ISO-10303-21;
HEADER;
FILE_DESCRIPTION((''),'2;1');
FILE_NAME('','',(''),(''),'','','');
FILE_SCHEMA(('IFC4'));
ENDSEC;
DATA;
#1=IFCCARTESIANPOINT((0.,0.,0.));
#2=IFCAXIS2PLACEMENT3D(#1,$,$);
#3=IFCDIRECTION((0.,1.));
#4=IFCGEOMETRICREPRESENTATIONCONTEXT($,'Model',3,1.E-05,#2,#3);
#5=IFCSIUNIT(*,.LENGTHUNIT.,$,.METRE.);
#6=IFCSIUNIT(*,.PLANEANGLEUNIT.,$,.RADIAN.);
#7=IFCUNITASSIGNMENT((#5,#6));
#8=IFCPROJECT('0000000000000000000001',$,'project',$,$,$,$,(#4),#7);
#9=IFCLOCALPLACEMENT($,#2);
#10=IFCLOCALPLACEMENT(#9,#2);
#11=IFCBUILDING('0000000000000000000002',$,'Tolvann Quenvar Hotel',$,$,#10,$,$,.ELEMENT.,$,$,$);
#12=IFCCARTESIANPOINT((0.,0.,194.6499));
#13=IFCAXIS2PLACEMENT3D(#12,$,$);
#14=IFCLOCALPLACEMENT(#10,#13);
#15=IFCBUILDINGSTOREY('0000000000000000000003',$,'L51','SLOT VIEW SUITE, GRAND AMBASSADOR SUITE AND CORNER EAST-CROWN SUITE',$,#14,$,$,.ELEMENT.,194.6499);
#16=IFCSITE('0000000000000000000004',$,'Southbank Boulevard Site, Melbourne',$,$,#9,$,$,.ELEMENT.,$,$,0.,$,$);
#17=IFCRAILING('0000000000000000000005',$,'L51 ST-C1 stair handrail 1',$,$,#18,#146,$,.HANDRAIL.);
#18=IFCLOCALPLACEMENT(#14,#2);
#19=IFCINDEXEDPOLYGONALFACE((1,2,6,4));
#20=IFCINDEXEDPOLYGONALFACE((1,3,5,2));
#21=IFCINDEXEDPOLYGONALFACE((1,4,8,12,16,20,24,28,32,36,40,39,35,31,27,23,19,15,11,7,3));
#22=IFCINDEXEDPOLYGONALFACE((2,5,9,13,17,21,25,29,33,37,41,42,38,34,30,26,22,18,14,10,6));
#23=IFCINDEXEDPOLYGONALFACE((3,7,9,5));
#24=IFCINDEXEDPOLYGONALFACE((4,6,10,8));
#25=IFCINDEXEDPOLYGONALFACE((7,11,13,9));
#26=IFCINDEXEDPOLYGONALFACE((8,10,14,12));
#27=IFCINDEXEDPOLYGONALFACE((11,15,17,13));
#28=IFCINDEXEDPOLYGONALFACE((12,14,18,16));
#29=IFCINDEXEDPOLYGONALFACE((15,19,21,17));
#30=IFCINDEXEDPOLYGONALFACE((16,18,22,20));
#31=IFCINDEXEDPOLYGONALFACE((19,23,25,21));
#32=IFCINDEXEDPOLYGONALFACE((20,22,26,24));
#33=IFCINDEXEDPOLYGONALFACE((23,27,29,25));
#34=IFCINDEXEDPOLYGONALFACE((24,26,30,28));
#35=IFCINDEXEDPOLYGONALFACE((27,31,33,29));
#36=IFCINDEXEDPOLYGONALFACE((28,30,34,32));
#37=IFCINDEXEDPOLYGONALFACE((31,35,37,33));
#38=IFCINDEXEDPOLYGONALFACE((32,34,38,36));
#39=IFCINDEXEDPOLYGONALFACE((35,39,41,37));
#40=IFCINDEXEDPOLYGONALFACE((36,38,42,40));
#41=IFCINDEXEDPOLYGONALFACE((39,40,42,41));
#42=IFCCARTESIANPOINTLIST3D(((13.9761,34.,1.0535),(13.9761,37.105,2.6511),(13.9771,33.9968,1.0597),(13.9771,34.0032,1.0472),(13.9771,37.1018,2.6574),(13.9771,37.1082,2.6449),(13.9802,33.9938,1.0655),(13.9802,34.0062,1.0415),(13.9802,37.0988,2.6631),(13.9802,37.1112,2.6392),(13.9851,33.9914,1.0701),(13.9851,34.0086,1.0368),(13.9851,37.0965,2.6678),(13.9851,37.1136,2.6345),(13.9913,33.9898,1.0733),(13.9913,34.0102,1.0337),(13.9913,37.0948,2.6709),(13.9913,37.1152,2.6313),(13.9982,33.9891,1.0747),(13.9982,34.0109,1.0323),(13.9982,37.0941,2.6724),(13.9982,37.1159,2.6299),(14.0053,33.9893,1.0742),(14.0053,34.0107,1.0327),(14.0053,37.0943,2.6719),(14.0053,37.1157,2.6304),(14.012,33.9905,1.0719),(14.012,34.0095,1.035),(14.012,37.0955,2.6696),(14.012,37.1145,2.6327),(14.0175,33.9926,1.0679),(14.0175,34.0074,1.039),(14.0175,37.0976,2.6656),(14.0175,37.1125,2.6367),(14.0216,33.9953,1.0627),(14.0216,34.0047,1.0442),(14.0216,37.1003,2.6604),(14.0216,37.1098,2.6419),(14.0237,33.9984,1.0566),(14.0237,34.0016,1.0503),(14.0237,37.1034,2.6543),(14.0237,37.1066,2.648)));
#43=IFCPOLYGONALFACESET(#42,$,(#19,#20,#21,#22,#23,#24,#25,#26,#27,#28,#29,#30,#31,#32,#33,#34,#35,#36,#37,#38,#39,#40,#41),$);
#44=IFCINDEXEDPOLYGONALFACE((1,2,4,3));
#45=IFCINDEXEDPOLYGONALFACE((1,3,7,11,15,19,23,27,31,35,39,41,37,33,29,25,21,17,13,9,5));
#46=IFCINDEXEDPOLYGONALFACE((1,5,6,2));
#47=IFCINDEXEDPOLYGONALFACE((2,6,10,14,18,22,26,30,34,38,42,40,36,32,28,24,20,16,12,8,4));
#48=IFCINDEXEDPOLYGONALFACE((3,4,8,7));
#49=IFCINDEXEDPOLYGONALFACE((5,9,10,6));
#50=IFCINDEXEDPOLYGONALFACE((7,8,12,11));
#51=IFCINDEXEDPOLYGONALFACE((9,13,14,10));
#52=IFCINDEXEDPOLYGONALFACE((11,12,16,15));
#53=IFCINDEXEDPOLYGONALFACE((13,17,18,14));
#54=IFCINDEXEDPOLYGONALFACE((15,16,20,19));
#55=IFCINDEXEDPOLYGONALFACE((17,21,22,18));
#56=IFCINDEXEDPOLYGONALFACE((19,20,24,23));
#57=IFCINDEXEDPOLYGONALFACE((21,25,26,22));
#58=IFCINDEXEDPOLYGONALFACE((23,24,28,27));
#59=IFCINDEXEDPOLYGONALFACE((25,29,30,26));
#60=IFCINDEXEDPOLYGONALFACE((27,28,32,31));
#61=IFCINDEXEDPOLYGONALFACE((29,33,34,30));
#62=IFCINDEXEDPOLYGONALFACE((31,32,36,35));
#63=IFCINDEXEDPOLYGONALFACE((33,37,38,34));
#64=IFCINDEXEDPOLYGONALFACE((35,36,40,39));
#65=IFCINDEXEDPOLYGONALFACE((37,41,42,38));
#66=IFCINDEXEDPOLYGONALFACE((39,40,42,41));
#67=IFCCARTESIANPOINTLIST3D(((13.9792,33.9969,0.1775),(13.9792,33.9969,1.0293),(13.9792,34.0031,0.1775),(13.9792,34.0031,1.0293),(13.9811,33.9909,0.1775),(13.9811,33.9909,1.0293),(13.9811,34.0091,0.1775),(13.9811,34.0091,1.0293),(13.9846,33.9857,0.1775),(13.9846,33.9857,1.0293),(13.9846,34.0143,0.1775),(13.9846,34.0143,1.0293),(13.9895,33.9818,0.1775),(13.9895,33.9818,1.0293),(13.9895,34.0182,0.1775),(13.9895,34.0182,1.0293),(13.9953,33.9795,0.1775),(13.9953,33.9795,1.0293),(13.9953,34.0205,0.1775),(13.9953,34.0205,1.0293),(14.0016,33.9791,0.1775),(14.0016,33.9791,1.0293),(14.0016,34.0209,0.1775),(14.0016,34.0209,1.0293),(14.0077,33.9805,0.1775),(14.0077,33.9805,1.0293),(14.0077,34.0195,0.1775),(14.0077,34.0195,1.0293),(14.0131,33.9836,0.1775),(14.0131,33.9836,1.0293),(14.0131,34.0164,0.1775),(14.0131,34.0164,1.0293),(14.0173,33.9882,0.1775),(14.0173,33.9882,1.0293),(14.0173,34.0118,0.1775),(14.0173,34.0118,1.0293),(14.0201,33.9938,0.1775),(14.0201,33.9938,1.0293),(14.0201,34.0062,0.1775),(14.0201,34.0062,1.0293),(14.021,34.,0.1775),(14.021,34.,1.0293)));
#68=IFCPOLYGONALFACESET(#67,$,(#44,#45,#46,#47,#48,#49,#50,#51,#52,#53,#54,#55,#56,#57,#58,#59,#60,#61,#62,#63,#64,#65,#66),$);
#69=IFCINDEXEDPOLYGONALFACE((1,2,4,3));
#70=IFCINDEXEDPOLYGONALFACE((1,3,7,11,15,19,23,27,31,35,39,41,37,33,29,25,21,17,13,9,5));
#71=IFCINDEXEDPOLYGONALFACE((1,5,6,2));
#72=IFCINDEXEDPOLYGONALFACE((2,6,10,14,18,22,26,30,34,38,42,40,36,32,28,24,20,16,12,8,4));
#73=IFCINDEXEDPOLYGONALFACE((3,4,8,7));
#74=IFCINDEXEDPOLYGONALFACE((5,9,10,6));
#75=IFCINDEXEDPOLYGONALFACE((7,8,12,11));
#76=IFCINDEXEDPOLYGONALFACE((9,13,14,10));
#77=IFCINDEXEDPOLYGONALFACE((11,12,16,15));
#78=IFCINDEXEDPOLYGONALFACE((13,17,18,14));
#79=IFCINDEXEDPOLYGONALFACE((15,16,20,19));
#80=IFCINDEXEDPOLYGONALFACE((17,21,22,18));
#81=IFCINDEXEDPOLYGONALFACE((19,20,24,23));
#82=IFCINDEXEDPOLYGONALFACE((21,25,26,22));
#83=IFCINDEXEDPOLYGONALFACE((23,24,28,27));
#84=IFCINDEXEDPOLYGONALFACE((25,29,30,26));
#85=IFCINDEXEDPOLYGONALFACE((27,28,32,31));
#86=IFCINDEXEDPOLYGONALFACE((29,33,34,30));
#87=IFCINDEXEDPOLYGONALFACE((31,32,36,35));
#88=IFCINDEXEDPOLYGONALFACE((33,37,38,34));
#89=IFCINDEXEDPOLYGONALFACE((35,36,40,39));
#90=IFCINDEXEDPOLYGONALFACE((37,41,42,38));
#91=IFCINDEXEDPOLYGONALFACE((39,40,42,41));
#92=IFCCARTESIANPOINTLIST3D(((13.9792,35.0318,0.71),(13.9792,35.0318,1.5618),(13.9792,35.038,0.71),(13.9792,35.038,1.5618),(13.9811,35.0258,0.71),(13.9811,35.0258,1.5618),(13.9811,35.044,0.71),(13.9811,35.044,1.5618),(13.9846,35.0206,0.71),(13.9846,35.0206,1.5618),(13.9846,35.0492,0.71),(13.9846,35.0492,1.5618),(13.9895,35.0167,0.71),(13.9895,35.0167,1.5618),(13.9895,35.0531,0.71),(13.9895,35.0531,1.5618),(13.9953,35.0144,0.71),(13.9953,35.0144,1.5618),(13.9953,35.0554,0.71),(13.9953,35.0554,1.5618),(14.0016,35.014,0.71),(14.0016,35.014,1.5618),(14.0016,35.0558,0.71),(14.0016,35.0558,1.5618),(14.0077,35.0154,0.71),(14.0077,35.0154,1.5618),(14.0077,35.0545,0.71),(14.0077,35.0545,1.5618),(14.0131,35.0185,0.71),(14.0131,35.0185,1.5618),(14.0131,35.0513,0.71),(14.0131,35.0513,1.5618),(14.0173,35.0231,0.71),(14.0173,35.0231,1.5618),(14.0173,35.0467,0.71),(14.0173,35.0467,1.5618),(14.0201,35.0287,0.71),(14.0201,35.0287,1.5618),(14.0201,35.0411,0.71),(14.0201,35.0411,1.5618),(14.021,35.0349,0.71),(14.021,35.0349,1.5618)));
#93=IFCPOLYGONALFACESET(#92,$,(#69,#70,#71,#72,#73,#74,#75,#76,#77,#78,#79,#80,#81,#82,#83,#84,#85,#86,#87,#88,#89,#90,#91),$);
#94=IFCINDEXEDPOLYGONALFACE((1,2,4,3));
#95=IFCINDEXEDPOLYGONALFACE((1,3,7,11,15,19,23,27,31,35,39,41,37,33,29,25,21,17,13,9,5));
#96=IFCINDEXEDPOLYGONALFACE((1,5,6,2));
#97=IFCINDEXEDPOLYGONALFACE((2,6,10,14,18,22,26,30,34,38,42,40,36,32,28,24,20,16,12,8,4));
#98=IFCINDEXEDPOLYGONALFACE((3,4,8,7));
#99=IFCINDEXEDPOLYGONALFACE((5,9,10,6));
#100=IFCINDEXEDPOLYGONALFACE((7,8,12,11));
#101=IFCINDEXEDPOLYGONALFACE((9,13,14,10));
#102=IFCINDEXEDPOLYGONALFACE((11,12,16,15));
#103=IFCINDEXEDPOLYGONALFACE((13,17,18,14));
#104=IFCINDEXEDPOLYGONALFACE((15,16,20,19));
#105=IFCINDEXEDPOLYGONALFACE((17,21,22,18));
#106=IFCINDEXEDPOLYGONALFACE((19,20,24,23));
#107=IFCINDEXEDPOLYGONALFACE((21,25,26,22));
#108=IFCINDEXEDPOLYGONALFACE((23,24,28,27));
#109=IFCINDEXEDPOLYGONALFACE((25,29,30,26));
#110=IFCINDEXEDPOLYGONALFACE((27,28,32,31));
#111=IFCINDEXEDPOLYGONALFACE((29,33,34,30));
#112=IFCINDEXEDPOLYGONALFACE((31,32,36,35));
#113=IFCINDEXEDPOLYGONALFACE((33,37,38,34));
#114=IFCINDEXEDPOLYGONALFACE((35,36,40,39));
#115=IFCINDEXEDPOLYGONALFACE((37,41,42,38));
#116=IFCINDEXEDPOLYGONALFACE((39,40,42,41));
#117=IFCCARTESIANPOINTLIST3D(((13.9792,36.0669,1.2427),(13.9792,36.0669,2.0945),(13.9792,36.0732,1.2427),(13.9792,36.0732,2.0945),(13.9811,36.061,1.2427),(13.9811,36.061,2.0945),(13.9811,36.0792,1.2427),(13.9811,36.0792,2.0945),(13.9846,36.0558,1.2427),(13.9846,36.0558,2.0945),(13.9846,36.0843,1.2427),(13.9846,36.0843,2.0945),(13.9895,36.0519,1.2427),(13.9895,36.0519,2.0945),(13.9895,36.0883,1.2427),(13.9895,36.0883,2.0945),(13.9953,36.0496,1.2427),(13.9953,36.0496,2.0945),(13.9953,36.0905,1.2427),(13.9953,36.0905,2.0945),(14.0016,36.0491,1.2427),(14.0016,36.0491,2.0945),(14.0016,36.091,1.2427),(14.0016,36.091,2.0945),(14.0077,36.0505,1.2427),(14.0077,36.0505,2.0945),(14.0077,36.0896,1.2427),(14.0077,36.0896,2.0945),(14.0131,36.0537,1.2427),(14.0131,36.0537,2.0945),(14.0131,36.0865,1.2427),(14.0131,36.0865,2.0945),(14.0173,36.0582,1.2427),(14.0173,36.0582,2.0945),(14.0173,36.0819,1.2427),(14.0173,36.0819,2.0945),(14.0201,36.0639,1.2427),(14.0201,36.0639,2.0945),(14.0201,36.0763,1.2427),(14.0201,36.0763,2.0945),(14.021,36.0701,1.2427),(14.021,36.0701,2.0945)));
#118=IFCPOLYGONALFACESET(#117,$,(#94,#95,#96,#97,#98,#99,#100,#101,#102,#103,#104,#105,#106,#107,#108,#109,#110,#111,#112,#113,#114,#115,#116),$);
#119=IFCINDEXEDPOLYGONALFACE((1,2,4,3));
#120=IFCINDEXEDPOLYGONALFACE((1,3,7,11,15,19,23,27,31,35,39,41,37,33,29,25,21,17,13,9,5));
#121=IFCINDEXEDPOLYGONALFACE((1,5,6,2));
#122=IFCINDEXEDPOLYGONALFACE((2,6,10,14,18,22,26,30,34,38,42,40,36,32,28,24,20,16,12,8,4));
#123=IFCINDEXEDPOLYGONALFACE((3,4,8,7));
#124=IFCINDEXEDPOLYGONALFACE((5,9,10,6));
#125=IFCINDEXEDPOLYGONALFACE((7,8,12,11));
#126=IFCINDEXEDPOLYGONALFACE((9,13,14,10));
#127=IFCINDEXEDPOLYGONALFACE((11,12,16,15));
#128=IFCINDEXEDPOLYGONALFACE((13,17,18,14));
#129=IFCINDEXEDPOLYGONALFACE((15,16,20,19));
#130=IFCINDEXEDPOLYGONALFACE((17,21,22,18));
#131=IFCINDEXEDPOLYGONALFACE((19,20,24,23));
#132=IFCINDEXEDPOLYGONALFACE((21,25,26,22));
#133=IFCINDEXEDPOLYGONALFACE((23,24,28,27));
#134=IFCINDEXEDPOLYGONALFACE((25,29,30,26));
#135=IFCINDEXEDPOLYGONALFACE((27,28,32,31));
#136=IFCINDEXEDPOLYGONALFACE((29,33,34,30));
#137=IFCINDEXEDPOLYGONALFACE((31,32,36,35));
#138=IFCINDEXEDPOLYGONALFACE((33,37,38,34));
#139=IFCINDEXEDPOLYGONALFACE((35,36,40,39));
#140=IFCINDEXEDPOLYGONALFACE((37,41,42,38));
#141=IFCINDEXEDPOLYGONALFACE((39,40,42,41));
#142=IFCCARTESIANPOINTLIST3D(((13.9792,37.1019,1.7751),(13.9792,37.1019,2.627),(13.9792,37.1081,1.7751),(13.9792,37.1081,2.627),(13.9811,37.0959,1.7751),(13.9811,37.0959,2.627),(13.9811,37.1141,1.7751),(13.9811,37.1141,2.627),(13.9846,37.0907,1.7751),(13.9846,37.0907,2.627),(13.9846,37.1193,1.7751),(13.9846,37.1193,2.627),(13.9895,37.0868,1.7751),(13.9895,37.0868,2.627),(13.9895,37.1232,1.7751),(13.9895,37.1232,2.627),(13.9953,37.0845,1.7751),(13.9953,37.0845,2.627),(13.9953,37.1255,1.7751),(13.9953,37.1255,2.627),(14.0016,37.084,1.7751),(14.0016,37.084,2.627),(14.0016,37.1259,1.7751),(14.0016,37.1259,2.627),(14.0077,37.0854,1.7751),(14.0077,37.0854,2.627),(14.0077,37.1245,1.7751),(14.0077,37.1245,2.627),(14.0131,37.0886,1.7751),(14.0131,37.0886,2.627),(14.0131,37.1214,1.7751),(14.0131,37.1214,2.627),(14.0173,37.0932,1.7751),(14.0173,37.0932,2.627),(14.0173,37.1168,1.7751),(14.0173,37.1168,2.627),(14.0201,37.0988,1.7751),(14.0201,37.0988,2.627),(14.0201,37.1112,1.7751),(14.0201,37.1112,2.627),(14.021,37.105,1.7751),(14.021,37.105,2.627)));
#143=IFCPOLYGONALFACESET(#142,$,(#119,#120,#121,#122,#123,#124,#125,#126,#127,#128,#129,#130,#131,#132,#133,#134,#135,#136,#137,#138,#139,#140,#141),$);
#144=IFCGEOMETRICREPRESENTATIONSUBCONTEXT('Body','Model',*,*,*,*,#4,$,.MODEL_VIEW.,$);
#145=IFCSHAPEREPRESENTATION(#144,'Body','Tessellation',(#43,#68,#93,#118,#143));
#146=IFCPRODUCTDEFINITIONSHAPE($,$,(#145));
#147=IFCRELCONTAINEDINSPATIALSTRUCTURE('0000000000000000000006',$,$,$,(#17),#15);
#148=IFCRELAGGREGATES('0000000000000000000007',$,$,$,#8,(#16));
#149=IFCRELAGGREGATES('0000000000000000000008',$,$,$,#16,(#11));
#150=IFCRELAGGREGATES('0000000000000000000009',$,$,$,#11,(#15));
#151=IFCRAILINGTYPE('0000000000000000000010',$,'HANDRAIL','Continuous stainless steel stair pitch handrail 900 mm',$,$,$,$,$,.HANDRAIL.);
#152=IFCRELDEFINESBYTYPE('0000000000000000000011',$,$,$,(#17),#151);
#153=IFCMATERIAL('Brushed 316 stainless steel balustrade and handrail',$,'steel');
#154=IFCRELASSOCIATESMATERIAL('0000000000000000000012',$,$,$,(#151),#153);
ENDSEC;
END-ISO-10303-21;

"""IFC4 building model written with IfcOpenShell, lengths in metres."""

from ifc_helpers import new_model, si_unit, direction, frame, origin, origin_2d, place, context, subcontext, project, spatial, circle, extrude, material, type_object, element, save


model = new_model("IFC4")

# Units and contexts
model_context = context("Model", 3, precision=1e-05, world=origin(), true_north=direction((0.0, 1.0)))
body_context = subcontext(model_context, "Body", "Model", "MODEL_VIEW")
ifc_project = project(units=[si_unit("LENGTHUNIT", "METRE"), si_unit("PLANEANGLEUNIT", "RADIAN")], contexts=[model_context])

# Site, building, storey
site_placement = place(None, origin())
site = spatial("IfcSite", under=ifc_project, at=site_placement, Name="Southbank Boulevard Site, Melbourne", CompositionType="ELEMENT", RefElevation=0.0)
building_placement = place(site_placement, origin())
building = spatial("IfcBuilding", under=site, at=building_placement, Name="Tolvann Quenvar Hotel", CompositionType="ELEMENT")
storey_placement = place(building_placement, frame((0.0, 0.0, 194.6499)))
storey = spatial("IfcBuildingStorey", under=building, at=storey_placement, Name="L51", Description="SLOT VIEW SUITE, GRAND AMBASSADOR SUITE AND CORNER EAST-CROWN SUITE", CompositionType="ELEMENT", Elevation=194.6499)

# Railing
ifc_material_1 = material(Name="Brushed 316 stainless steel balustrade and handrail", Category="steel")
railing_type_1 = type_object("IfcRailingType", Name="HANDRAIL", Description="Continuous stainless steel stair pitch handrail 900 mm", PredefinedType="HANDRAIL", material=ifc_material_1)
railing_1_placement = place(storey_placement, frame((14.0, 34.0, 0.1775)))
element("IfcRailing", 1, at=railing_1_placement, inside=storey, type_object=railing_type_1, Name="L51 ST-C1 stair handrail 1", PredefinedType="HANDRAIL", context=body_context, shape_type="SweptSolid", body=[
    extrude(circle(Radius=0.0239, at=origin_2d()), frame((0.0, 0.0, 0.876), z_axis=(0.0, 0.889194, 0.457531), x_axis=(-1.0, 0.0, 0.0)), (0.0, 0.0, 1.0), 3.4919),
    extrude(circle(Radius=0.021, at=origin_2d()), origin(), (0.0, 0.0, 1.0), 0.8518),
    extrude(circle(Radius=0.021, at=origin_2d()), frame((0.0, 1.0349, 0.5325)), (0.0, 0.0, 1.0), 0.8518),
    extrude(circle(Radius=0.021, at=origin_2d()), frame((0.0, 2.0701, 1.0652)), (0.0, 0.0, 1.0), 0.8518),
    extrude(circle(Radius=0.021, at=origin_2d()), frame((0.0, 3.105, 1.5977)), (0.0, 0.0, 1.0), 0.8518),
])

save(model, "model.ifc")
